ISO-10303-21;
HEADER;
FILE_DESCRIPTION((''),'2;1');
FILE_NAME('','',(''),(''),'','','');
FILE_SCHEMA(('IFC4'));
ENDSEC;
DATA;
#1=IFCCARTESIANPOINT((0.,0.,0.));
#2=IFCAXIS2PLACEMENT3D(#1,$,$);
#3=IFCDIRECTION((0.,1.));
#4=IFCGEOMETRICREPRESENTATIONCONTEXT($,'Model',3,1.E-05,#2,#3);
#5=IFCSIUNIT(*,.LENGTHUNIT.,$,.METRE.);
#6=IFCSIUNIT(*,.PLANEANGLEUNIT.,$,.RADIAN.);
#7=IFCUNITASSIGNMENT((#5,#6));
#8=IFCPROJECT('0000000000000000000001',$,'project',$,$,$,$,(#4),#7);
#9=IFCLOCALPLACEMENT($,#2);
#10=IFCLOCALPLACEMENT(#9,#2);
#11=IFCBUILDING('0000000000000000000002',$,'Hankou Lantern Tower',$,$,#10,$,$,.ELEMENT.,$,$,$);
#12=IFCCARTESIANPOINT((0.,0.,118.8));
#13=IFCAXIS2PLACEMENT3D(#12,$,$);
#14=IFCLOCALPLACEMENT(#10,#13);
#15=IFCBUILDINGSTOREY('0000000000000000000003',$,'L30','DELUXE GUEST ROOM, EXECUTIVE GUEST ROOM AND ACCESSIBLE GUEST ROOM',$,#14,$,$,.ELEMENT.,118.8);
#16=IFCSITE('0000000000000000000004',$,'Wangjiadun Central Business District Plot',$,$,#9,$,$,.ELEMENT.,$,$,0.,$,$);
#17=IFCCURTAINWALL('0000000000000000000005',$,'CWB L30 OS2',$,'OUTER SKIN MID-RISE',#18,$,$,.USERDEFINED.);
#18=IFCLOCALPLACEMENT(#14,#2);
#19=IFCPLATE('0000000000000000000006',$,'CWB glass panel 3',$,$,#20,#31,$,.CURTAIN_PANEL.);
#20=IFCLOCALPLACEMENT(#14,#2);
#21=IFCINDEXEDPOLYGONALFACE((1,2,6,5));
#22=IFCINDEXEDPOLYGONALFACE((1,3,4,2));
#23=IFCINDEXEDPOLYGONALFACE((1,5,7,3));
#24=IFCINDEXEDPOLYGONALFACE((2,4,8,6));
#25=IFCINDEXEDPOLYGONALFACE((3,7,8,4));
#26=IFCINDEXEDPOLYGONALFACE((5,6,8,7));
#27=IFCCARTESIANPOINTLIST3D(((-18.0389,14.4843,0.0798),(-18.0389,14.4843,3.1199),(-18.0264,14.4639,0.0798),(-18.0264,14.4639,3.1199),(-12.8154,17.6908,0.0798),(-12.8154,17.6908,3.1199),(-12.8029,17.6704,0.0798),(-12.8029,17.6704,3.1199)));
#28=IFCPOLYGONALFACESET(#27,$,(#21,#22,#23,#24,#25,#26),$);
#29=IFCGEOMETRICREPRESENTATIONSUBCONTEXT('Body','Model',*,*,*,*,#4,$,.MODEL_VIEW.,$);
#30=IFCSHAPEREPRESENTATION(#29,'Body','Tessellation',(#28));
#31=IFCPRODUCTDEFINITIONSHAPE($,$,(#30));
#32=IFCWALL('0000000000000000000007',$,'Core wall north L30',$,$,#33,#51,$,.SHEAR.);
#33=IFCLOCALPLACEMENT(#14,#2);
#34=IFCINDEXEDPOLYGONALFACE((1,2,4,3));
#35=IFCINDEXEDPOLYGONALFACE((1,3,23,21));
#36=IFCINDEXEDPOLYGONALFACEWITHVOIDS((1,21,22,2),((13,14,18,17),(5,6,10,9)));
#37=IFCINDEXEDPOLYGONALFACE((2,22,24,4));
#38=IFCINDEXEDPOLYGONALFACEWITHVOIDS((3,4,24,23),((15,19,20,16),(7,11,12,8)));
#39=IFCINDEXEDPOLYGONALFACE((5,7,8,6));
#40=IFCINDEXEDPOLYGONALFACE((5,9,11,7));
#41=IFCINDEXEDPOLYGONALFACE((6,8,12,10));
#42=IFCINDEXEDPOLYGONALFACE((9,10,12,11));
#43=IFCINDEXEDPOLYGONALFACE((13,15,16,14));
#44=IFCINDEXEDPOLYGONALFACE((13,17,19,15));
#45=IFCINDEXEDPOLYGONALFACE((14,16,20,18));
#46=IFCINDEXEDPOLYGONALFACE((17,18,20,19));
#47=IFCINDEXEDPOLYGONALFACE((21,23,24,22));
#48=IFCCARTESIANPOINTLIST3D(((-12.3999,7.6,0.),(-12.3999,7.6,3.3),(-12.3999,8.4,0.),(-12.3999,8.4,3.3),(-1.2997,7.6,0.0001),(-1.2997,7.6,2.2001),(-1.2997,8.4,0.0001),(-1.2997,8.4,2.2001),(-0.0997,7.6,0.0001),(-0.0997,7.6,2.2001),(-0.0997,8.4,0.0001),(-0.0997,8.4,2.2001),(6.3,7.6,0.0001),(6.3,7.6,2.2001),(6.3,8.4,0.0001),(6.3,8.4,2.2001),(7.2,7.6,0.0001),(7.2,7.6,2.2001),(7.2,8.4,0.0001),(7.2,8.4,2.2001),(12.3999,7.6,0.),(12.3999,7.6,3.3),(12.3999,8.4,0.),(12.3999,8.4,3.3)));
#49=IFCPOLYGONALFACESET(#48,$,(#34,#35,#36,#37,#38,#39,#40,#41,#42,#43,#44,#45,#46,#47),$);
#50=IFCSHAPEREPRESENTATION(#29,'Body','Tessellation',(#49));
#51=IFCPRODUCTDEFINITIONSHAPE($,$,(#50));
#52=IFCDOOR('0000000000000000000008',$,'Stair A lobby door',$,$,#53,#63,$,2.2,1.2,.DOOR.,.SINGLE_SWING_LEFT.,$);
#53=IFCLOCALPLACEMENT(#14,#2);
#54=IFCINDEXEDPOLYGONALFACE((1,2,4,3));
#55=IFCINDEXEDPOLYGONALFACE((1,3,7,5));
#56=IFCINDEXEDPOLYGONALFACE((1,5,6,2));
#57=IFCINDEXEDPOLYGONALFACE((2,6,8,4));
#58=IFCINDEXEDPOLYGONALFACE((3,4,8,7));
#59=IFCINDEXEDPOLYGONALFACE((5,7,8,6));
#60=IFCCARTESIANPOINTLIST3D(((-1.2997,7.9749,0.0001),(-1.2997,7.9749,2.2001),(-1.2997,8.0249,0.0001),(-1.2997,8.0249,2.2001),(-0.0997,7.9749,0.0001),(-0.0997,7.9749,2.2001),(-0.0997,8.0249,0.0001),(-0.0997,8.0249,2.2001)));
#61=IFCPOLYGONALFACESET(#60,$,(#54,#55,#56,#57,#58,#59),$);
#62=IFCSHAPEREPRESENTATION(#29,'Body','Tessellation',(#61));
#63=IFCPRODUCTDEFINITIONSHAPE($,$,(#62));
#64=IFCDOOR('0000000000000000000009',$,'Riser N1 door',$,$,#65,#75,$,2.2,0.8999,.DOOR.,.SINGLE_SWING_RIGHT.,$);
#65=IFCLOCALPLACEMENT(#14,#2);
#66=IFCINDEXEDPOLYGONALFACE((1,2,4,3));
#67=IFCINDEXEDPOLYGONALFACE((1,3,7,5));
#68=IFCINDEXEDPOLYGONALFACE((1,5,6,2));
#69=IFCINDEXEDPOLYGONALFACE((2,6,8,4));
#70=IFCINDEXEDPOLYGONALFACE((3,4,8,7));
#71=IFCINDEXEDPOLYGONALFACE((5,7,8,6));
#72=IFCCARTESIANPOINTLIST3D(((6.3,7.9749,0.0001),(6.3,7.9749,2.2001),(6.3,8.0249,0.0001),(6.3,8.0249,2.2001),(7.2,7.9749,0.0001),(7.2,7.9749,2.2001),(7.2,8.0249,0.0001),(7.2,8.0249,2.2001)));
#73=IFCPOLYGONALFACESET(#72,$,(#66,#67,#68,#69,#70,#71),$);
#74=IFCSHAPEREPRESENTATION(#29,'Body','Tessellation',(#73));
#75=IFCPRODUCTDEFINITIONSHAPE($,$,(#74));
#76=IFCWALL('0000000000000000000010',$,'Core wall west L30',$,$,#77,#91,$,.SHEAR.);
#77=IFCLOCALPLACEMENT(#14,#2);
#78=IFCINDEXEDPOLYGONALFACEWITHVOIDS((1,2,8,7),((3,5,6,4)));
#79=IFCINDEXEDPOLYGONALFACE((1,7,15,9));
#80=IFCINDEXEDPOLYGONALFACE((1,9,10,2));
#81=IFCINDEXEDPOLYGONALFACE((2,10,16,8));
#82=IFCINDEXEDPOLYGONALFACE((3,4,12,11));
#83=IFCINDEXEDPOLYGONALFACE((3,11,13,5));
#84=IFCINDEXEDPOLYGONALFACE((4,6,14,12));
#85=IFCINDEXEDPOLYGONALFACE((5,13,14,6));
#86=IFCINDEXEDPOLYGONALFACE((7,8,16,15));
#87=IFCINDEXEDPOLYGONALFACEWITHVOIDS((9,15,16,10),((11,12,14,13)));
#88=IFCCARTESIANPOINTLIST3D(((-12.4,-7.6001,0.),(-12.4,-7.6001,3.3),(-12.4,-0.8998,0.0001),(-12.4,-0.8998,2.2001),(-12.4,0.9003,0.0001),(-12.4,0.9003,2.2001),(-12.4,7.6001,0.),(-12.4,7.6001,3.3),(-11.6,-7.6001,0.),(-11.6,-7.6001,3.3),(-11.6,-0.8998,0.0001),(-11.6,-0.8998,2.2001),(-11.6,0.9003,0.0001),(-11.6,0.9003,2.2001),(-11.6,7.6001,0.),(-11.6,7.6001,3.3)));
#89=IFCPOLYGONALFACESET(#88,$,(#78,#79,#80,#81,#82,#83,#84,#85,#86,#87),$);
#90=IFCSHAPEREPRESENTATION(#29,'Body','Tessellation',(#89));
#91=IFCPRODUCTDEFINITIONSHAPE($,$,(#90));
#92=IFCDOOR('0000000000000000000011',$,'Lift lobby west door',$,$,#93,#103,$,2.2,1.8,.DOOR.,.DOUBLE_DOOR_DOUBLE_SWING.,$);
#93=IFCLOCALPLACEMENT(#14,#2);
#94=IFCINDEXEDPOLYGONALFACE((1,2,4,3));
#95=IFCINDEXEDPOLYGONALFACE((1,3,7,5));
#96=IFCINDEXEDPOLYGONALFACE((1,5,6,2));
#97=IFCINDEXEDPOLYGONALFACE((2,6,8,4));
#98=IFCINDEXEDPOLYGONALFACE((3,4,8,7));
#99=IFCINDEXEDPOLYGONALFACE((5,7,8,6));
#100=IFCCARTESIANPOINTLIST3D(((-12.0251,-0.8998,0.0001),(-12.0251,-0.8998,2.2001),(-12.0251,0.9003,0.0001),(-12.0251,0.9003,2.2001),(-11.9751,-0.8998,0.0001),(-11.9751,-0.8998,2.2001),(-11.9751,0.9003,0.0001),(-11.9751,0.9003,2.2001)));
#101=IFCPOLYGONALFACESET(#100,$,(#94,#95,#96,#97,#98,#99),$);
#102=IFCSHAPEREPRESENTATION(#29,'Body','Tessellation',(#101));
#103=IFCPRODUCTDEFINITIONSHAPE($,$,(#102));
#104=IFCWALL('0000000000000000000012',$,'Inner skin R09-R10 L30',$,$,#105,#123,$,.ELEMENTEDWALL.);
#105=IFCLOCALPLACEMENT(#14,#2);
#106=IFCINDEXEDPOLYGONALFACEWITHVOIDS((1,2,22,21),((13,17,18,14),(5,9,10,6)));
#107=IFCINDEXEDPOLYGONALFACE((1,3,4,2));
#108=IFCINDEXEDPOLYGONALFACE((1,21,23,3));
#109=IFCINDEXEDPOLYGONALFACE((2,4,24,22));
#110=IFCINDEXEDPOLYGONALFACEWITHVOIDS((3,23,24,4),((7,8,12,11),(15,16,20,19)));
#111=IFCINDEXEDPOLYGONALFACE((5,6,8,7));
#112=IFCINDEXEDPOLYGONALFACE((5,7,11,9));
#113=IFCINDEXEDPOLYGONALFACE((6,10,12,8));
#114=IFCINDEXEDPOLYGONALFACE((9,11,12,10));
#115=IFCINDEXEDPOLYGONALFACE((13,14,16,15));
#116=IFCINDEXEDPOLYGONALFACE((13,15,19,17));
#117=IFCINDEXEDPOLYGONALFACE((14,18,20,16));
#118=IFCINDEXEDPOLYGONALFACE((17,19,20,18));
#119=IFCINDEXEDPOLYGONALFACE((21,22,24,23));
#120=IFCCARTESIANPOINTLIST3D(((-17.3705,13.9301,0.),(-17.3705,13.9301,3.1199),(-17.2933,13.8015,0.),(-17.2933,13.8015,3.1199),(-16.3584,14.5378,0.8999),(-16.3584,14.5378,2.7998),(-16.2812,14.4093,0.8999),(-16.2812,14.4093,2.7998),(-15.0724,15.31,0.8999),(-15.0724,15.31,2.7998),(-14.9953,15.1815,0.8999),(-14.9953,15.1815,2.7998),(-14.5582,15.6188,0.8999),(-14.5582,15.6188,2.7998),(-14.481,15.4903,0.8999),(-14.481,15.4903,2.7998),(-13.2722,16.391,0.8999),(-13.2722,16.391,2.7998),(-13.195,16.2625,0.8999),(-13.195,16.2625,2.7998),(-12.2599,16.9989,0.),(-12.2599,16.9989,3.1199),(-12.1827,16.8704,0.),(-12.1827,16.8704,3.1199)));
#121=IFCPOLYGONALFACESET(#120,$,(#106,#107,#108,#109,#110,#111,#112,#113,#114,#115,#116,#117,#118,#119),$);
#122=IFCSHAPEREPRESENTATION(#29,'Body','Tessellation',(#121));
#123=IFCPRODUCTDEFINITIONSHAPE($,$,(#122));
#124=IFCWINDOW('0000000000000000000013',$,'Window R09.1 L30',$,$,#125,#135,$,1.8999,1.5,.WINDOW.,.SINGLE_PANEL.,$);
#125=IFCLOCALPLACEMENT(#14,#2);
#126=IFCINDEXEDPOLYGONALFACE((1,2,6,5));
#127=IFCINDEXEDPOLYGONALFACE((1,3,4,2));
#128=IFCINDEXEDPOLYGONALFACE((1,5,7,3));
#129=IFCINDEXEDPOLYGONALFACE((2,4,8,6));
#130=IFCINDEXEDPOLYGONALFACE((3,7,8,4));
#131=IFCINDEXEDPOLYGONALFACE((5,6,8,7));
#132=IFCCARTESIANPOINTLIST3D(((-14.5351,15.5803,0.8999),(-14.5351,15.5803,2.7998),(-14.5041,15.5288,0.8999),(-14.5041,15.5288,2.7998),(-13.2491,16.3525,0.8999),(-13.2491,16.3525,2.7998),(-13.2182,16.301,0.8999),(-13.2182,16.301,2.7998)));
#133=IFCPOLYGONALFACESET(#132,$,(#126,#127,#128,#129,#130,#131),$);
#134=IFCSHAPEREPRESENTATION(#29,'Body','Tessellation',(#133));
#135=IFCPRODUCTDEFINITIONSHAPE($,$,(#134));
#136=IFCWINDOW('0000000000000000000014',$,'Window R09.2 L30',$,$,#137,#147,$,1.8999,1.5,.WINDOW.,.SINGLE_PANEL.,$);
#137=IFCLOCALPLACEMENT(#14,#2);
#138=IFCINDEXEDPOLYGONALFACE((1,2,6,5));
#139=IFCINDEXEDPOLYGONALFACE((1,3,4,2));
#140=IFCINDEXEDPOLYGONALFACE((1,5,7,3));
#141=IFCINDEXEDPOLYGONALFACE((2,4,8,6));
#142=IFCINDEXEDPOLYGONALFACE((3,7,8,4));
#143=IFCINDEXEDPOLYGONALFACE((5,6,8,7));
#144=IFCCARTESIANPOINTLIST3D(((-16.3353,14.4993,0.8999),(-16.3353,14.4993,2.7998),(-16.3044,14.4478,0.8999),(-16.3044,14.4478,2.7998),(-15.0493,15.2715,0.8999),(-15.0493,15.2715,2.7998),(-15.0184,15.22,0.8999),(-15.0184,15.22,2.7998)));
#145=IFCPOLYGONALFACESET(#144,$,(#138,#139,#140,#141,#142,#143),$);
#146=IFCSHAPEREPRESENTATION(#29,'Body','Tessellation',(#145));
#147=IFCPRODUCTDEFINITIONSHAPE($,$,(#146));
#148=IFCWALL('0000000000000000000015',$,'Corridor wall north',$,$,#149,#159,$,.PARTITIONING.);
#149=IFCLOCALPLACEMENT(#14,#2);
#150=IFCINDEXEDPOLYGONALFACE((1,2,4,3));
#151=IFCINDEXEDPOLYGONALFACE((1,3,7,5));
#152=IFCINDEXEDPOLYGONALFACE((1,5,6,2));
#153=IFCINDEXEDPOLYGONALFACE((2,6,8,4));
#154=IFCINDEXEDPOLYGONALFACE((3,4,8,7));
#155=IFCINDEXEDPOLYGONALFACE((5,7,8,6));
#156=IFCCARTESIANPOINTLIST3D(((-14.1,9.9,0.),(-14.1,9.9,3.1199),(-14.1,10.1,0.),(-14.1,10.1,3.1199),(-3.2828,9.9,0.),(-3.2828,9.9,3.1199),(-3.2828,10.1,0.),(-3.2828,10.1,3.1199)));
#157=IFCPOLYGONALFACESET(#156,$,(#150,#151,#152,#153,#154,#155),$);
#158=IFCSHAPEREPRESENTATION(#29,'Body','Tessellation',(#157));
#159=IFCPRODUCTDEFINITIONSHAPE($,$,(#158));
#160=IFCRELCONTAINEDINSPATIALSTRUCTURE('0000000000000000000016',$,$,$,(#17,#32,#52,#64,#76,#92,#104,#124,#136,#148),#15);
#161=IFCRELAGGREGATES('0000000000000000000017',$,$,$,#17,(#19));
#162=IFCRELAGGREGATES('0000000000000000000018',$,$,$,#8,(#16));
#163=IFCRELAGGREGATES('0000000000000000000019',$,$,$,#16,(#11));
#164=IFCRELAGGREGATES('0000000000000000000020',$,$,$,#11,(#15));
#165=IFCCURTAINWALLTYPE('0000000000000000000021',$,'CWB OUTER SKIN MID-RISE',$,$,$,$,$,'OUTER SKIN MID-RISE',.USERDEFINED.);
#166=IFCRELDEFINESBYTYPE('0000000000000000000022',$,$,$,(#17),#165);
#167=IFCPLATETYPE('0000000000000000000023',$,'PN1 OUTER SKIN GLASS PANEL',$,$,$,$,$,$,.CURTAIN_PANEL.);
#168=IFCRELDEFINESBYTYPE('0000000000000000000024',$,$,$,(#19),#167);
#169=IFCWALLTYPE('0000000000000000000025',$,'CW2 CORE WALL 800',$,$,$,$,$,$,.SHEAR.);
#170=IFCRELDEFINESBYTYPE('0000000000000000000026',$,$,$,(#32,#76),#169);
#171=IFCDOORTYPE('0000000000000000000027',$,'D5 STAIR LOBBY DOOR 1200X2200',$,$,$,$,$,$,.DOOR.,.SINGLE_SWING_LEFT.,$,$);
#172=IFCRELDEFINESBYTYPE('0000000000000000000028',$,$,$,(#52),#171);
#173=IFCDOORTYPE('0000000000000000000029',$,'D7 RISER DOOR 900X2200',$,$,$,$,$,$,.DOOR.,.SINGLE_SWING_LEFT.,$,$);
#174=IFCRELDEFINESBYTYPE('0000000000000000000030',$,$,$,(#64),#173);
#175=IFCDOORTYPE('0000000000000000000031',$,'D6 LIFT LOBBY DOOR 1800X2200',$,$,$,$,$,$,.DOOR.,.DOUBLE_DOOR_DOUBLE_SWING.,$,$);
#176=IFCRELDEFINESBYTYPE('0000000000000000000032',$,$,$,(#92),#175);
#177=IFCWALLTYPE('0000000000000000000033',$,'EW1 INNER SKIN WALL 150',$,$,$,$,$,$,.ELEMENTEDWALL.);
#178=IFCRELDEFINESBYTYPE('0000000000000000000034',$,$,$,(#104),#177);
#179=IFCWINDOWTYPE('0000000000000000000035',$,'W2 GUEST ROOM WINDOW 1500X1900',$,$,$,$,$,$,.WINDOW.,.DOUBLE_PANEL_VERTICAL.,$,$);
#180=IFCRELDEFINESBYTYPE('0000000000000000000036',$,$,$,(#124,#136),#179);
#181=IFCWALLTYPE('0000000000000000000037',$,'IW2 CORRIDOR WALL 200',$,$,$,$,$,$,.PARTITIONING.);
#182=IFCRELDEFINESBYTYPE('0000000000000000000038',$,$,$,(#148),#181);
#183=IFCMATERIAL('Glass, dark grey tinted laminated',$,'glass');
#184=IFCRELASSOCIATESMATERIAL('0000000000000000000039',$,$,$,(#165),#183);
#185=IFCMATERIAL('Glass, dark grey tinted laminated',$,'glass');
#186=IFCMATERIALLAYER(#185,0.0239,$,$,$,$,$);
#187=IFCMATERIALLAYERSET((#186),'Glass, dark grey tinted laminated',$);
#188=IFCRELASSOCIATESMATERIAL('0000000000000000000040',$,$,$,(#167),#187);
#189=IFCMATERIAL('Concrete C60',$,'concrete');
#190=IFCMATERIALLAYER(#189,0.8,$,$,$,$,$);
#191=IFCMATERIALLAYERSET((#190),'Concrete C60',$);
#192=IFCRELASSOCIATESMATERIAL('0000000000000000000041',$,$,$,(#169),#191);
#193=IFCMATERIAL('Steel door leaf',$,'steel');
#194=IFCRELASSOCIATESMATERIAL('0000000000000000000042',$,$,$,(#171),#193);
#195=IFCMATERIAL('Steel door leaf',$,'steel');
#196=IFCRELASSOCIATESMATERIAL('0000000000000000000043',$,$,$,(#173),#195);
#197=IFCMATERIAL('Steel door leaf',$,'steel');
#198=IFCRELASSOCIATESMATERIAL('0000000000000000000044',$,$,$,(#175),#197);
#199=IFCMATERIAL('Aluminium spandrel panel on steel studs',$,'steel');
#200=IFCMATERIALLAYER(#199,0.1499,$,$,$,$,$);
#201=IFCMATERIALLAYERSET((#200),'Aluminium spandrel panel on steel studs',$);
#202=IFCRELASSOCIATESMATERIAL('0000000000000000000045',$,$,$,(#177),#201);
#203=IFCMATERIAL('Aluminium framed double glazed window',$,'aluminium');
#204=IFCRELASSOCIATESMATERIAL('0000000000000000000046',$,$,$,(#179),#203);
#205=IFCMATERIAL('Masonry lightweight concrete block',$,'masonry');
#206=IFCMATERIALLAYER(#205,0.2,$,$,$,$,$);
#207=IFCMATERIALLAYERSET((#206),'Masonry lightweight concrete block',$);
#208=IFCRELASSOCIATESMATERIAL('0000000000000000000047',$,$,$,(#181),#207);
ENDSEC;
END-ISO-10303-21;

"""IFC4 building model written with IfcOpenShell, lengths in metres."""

from ifc_helpers import new_model, si_unit, direction, frame, frame_2d, origin, origin_2d, place, context, subcontext, project, spatial, rectangle, extrude, material, layer, layer_set, type_object, element, fill, aggregate, save


model = new_model("IFC4")

# Units and contexts
model_context = context("Model", 3, precision=1e-05, world=origin(), true_north=direction((0.0, 1.0)))
body_context = subcontext(model_context, "Body", "Model", "MODEL_VIEW")
ifc_project = project(units=[si_unit("LENGTHUNIT", "METRE"), si_unit("PLANEANGLEUNIT", "RADIAN")], contexts=[model_context])

# Site, building, storey
site_placement = place(None, origin())
site = spatial("IfcSite", under=ifc_project, at=site_placement, Name="Wangjiadun Central Business District Plot", CompositionType="ELEMENT", RefElevation=0.0)
building_placement = place(site_placement, origin())
building = spatial("IfcBuilding", under=site, at=building_placement, Name="Hankou Lantern Tower", CompositionType="ELEMENT")
storey_placement = place(building_placement, frame((0.0, 0.0, 118.8)))
storey = spatial("IfcBuildingStorey", under=building, at=storey_placement, Name="L30", Description="DELUXE GUEST ROOM, EXECUTIVE GUEST ROOM AND ACCESSIBLE GUEST ROOM", CompositionType="ELEMENT", Elevation=118.8)

# Curtain wall
ifc_material_1 = material(Name="Glass, dark grey tinted laminated", Category="glass")
curtain_wall_type = type_object("IfcCurtainWallType", Name="CWB OUTER SKIN MID-RISE", ElementType="OUTER SKIN MID-RISE", PredefinedType="USERDEFINED", material=ifc_material_1)
curtain_wall_placement = place(storey_placement, origin())
curtain_wall = element("IfcCurtainWall", 1, at=curtain_wall_placement, inside=storey, type_object=curtain_wall_type, Name="CWB L30 OS2", ObjectType="OUTER SKIN MID-RISE", PredefinedType="USERDEFINED")

# Plate
ifc_material_2 = material(Name="Glass, dark grey tinted laminated", Category="glass")
ifc_layer_1 = layer(ifc_material_2, 0.0239)
ifc_layer_set_1 = layer_set([ifc_layer_1], Name="Glass, dark grey tinted laminated")
plate_type = type_object("IfcPlateType", Name="PN1 OUTER SKIN GLASS PANEL", PredefinedType="CURTAIN_PANEL", material=ifc_layer_set_1)
plate_placement = place(storey_placement, frame((-15.4209, 16.0774, 0.0798), z_axis=(0.0, 0.0, 1.0), x_axis=(-0.852237, -0.523156, 0.0)))
plate = element("IfcPlate", 2, at=plate_placement, type_object=plate_type, Name="CWB glass panel 3", PredefinedType="CURTAIN_PANEL", context=body_context, shape_type="SweptSolid", body=[
    extrude(rectangle(XDim=6.1292, YDim=0.0239, at=origin_2d()), origin(), (0.0, 0.0, 1.0), 3.04),
])
aggregate(curtain_wall, [plate])

# Wall, openings, doors
ifc_material_3 = material(Name="Concrete C60", Category="concrete")
ifc_layer_2 = layer(ifc_material_3, 0.8)
ifc_layer_set_2 = layer_set([ifc_layer_2], Name="Concrete C60")
wall_type_1 = type_object("IfcWallType", Name="CW2 CORE WALL 800", PredefinedType="SHEAR", material=ifc_layer_set_2)
wall_1_placement = place(storey_placement, frame((-12.3999, 8.0, 0.0), z_axis=(0.0, 0.0, 1.0), x_axis=(1.0, 0.0, 0.0)))
wall_1 = element("IfcWall", 3, at=wall_1_placement, inside=storey, type_object=wall_type_1, Name="Core wall north L30", PredefinedType="SHEAR", context=body_context, shape_type="SweptSolid", body=[
    extrude(rectangle(XDim=24.7998, YDim=0.8, at=frame_2d((12.3999, 0.0))), origin(), (0.0, 0.0, 1.0), 3.3),
])
opening_1_placement = place(wall_1_placement, frame((11.1001, 0.0, 0.0)))
opening_1 = element("IfcOpeningElement", 4, at=opening_1_placement, cuts=wall_1, PredefinedType="OPENING", context=body_context, shape_type="SweptSolid", body=[
    extrude(rectangle(XDim=1.2, YDim=2.2, at=frame_2d((0.6001, 1.1001))), frame((0.0, 0.4099, 0.0), z_axis=(0.0, -1.0, 0.0), x_axis=(1.0, 0.0, 0.0)), (0.0, 0.0, 1.0), 0.8201),
])
opening_2_placement = place(wall_1_placement, frame((18.7, 0.0, 0.0)))
opening_2 = element("IfcOpeningElement", 5, at=opening_2_placement, cuts=wall_1, PredefinedType="OPENING", context=body_context, shape_type="SweptSolid", body=[
    extrude(rectangle(XDim=0.8999, YDim=2.2, at=frame_2d((0.45, 1.1001))), frame((0.0, 0.4099, 0.0), z_axis=(0.0, -1.0, 0.0), x_axis=(1.0, 0.0, 0.0)), (0.0, 0.0, 1.0), 0.8201),
])
ifc_material_4 = material(Name="Steel door leaf", Category="steel")
door_type_1 = type_object("IfcDoorType", Name="D5 STAIR LOBBY DOOR 1200X2200", OperationType="SINGLE_SWING_LEFT", PredefinedType="DOOR", material=ifc_material_4)
door_1_placement = place(opening_1_placement, origin())
door_1 = element("IfcDoor", 6, at=door_1_placement, inside=storey, type_object=door_type_1, Name="Stair A lobby door", OperationType="SINGLE_SWING_LEFT", OverallHeight=2.2, OverallWidth=1.2, PredefinedType="DOOR", context=body_context, shape_type="SweptSolid", body=[
    extrude(rectangle(XDim=1.2, YDim=2.2, at=frame_2d((0.6001, 1.1001))), frame((0.0, 0.0249, 0.0), z_axis=(0.0, -1.0, 0.0), x_axis=(1.0, 0.0, 0.0)), (0.0, 0.0, 1.0), 0.05),
])
fill(opening_1, door_1)
ifc_material_5 = material(Name="Steel door leaf", Category="steel")
door_type_2 = type_object("IfcDoorType", Name="D7 RISER DOOR 900X2200", OperationType="SINGLE_SWING_LEFT", PredefinedType="DOOR", material=ifc_material_5)
door_2_placement = place(opening_2_placement, origin())
door_2 = element("IfcDoor", 7, at=door_2_placement, inside=storey, type_object=door_type_2, Name="Riser N1 door", OperationType="SINGLE_SWING_RIGHT", OverallHeight=2.2, OverallWidth=0.8999, PredefinedType="DOOR", context=body_context, shape_type="SweptSolid", body=[
    extrude(rectangle(XDim=0.8999, YDim=2.2, at=frame_2d((0.45, 1.1001))), frame((0.0, 0.0249, 0.0), z_axis=(0.0, -1.0, 0.0), x_axis=(1.0, 0.0, 0.0)), (0.0, 0.0, 1.0), 0.05),
])
fill(opening_2, door_2)

# Wall, opening, door
wall_2_placement = place(storey_placement, frame((-12.0, 7.6001, 0.0), z_axis=(0.0, 0.0, 1.0), x_axis=(0.0, -1.0, 0.0)))
wall_2 = element("IfcWall", 8, at=wall_2_placement, inside=storey, type_object=wall_type_1, Name="Core wall west L30", PredefinedType="SHEAR", context=body_context, shape_type="SweptSolid", body=[
    extrude(rectangle(XDim=15.2002, YDim=0.8, at=frame_2d((7.6001, 0.0))), origin(), (0.0, 0.0, 1.0), 3.3),
])
opening_3_placement = place(wall_2_placement, frame((6.7, 0.0, 0.0)))
opening_3 = element("IfcOpeningElement", 9, at=opening_3_placement, cuts=wall_2, PredefinedType="OPENING", context=body_context, shape_type="SweptSolid", body=[
    extrude(rectangle(XDim=1.8, YDim=2.2, at=frame_2d((0.8999, 1.1001))), frame((0.0, 0.4099, 0.0), z_axis=(0.0, -1.0, 0.0), x_axis=(1.0, 0.0, 0.0)), (0.0, 0.0, 1.0), 0.8201),
])
ifc_material_6 = material(Name="Steel door leaf", Category="steel")
door_type_3 = type_object("IfcDoorType", Name="D6 LIFT LOBBY DOOR 1800X2200", OperationType="DOUBLE_DOOR_DOUBLE_SWING", PredefinedType="DOOR", material=ifc_material_6)
door_3_placement = place(opening_3_placement, origin())
door_3 = element("IfcDoor", 10, at=door_3_placement, inside=storey, type_object=door_type_3, Name="Lift lobby west door", OperationType="DOUBLE_DOOR_DOUBLE_SWING", OverallHeight=2.2, OverallWidth=1.8, PredefinedType="DOOR", context=body_context, shape_type="SweptSolid", body=[
    extrude(rectangle(XDim=1.8, YDim=2.2, at=frame_2d((0.8999, 1.1001))), frame((0.0, 0.0249, 0.0), z_axis=(0.0, -1.0, 0.0), x_axis=(1.0, 0.0, 0.0)), (0.0, 0.0, 1.0), 0.05),
])
fill(opening_3, door_3)

# Wall, openings, windows
ifc_material_7 = material(Name="Aluminium spandrel panel on steel studs", Category="steel")
ifc_layer_3 = layer(ifc_material_7, 0.1499)
ifc_layer_set_3 = layer_set([ifc_layer_3], Name="Aluminium spandrel panel on steel studs")
wall_type_2 = type_object("IfcWallType", Name="EW1 INNER SKIN WALL 150", PredefinedType="ELEMENTEDWALL", material=ifc_layer_set_3)
wall_3_placement = place(storey_placement, frame((-12.2214, 16.9346, 0.0), z_axis=(0.0, 0.0, 1.0), x_axis=(-0.857309, -0.514803, 0.0)))
wall_3 = element("IfcWall", 11, at=wall_3_placement, inside=storey, type_object=wall_type_2, Name="Inner skin R09-R10 L30", PredefinedType="ELEMENTEDWALL", context=body_context, shape_type="SweptSolid", body=[
    extrude(rectangle(XDim=5.9612, YDim=0.1499, at=frame_2d((2.9805, 0.0))), origin(), (0.0, 0.0, 1.0), 3.1199),
])
opening_4_placement = place(wall_3_placement, frame((1.1807, 0.0, 0.8999)))
opening_4 = element("IfcOpeningElement", 12, at=opening_4_placement, cuts=wall_3, PredefinedType="OPENING", context=body_context, shape_type="SweptSolid", body=[
    extrude(rectangle(XDim=1.5, YDim=1.8999, at=frame_2d((0.75, 0.95))), frame((0.0, 0.085, 0.0), z_axis=(0.0, -1.0, 0.0), x_axis=(1.0, 0.0, 0.0)), (0.0, 0.0, 1.0), 0.1699),
])
opening_5_placement = place(wall_3_placement, frame((3.2805, 0.0, 0.8999)))
opening_5 = element("IfcOpeningElement", 13, at=opening_5_placement, cuts=wall_3, PredefinedType="OPENING", context=body_context, shape_type="SweptSolid", body=[
    extrude(rectangle(XDim=1.5, YDim=1.8999, at=frame_2d((0.75, 0.95))), frame((0.0, 0.085, 0.0), z_axis=(0.0, -1.0, 0.0), x_axis=(1.0, 0.0, 0.0)), (0.0, 0.0, 1.0), 0.1699),
])
ifc_material_8 = material(Name="Aluminium framed double glazed window", Category="aluminium")
window_type = type_object("IfcWindowType", Name="W2 GUEST ROOM WINDOW 1500X1900", PartitioningType="DOUBLE_PANEL_VERTICAL", PredefinedType="WINDOW", material=ifc_material_8)
window_1_placement = place(opening_4_placement, origin())
window_1 = element("IfcWindow", 14, at=window_1_placement, inside=storey, type_object=window_type, Name="Window R09.1 L30", OverallHeight=1.8999, OverallWidth=1.5, PartitioningType="SINGLE_PANEL", PredefinedType="WINDOW", context=body_context, shape_type="SweptSolid", body=[
    extrude(rectangle(XDim=1.5, YDim=1.8999, at=frame_2d((0.75, 0.95))), frame((0.0, 0.03, 0.0), z_axis=(0.0, -1.0, 0.0), x_axis=(1.0, 0.0, 0.0)), (0.0, 0.0, 1.0), 0.0601),
])
fill(opening_4, window_1)
window_2_placement = place(opening_5_placement, origin())
window_2 = element("IfcWindow", 15, at=window_2_placement, inside=storey, type_object=window_type, Name="Window R09.2 L30", OverallHeight=1.8999, OverallWidth=1.5, PartitioningType="SINGLE_PANEL", PredefinedType="WINDOW", context=body_context, shape_type="SweptSolid", body=[
    extrude(rectangle(XDim=1.5, YDim=1.8999, at=frame_2d((0.75, 0.95))), frame((0.0, 0.03, 0.0), z_axis=(0.0, -1.0, 0.0), x_axis=(1.0, 0.0, 0.0)), (0.0, 0.0, 1.0), 0.0601),
])
fill(opening_5, window_2)

# Wall
ifc_material_9 = material(Name="Masonry lightweight concrete block", Category="masonry")
ifc_layer_4 = layer(ifc_material_9, 0.2)
ifc_layer_set_4 = layer_set([ifc_layer_4], Name="Masonry lightweight concrete block")
wall_type_3 = type_object("IfcWallType", Name="IW2 CORRIDOR WALL 200", PredefinedType="PARTITIONING", material=ifc_layer_set_4)
wall_4_placement = place(storey_placement, frame((-14.1001, 10.0, 0.0), z_axis=(0.0, 0.0, 1.0), x_axis=(1.0, 0.0, 0.0)))
element("IfcWall", 16, at=wall_4_placement, inside=storey, type_object=wall_type_3, Name="Corridor wall north", PredefinedType="PARTITIONING", context=body_context, shape_type="SweptSolid", body=[
    extrude(rectangle(XDim=10.8171, YDim=0.2, at=frame_2d((5.4087, 0.0))), origin(), (0.0, 0.0, 1.0), 3.1199),
])

save(model, "model.ifc")
